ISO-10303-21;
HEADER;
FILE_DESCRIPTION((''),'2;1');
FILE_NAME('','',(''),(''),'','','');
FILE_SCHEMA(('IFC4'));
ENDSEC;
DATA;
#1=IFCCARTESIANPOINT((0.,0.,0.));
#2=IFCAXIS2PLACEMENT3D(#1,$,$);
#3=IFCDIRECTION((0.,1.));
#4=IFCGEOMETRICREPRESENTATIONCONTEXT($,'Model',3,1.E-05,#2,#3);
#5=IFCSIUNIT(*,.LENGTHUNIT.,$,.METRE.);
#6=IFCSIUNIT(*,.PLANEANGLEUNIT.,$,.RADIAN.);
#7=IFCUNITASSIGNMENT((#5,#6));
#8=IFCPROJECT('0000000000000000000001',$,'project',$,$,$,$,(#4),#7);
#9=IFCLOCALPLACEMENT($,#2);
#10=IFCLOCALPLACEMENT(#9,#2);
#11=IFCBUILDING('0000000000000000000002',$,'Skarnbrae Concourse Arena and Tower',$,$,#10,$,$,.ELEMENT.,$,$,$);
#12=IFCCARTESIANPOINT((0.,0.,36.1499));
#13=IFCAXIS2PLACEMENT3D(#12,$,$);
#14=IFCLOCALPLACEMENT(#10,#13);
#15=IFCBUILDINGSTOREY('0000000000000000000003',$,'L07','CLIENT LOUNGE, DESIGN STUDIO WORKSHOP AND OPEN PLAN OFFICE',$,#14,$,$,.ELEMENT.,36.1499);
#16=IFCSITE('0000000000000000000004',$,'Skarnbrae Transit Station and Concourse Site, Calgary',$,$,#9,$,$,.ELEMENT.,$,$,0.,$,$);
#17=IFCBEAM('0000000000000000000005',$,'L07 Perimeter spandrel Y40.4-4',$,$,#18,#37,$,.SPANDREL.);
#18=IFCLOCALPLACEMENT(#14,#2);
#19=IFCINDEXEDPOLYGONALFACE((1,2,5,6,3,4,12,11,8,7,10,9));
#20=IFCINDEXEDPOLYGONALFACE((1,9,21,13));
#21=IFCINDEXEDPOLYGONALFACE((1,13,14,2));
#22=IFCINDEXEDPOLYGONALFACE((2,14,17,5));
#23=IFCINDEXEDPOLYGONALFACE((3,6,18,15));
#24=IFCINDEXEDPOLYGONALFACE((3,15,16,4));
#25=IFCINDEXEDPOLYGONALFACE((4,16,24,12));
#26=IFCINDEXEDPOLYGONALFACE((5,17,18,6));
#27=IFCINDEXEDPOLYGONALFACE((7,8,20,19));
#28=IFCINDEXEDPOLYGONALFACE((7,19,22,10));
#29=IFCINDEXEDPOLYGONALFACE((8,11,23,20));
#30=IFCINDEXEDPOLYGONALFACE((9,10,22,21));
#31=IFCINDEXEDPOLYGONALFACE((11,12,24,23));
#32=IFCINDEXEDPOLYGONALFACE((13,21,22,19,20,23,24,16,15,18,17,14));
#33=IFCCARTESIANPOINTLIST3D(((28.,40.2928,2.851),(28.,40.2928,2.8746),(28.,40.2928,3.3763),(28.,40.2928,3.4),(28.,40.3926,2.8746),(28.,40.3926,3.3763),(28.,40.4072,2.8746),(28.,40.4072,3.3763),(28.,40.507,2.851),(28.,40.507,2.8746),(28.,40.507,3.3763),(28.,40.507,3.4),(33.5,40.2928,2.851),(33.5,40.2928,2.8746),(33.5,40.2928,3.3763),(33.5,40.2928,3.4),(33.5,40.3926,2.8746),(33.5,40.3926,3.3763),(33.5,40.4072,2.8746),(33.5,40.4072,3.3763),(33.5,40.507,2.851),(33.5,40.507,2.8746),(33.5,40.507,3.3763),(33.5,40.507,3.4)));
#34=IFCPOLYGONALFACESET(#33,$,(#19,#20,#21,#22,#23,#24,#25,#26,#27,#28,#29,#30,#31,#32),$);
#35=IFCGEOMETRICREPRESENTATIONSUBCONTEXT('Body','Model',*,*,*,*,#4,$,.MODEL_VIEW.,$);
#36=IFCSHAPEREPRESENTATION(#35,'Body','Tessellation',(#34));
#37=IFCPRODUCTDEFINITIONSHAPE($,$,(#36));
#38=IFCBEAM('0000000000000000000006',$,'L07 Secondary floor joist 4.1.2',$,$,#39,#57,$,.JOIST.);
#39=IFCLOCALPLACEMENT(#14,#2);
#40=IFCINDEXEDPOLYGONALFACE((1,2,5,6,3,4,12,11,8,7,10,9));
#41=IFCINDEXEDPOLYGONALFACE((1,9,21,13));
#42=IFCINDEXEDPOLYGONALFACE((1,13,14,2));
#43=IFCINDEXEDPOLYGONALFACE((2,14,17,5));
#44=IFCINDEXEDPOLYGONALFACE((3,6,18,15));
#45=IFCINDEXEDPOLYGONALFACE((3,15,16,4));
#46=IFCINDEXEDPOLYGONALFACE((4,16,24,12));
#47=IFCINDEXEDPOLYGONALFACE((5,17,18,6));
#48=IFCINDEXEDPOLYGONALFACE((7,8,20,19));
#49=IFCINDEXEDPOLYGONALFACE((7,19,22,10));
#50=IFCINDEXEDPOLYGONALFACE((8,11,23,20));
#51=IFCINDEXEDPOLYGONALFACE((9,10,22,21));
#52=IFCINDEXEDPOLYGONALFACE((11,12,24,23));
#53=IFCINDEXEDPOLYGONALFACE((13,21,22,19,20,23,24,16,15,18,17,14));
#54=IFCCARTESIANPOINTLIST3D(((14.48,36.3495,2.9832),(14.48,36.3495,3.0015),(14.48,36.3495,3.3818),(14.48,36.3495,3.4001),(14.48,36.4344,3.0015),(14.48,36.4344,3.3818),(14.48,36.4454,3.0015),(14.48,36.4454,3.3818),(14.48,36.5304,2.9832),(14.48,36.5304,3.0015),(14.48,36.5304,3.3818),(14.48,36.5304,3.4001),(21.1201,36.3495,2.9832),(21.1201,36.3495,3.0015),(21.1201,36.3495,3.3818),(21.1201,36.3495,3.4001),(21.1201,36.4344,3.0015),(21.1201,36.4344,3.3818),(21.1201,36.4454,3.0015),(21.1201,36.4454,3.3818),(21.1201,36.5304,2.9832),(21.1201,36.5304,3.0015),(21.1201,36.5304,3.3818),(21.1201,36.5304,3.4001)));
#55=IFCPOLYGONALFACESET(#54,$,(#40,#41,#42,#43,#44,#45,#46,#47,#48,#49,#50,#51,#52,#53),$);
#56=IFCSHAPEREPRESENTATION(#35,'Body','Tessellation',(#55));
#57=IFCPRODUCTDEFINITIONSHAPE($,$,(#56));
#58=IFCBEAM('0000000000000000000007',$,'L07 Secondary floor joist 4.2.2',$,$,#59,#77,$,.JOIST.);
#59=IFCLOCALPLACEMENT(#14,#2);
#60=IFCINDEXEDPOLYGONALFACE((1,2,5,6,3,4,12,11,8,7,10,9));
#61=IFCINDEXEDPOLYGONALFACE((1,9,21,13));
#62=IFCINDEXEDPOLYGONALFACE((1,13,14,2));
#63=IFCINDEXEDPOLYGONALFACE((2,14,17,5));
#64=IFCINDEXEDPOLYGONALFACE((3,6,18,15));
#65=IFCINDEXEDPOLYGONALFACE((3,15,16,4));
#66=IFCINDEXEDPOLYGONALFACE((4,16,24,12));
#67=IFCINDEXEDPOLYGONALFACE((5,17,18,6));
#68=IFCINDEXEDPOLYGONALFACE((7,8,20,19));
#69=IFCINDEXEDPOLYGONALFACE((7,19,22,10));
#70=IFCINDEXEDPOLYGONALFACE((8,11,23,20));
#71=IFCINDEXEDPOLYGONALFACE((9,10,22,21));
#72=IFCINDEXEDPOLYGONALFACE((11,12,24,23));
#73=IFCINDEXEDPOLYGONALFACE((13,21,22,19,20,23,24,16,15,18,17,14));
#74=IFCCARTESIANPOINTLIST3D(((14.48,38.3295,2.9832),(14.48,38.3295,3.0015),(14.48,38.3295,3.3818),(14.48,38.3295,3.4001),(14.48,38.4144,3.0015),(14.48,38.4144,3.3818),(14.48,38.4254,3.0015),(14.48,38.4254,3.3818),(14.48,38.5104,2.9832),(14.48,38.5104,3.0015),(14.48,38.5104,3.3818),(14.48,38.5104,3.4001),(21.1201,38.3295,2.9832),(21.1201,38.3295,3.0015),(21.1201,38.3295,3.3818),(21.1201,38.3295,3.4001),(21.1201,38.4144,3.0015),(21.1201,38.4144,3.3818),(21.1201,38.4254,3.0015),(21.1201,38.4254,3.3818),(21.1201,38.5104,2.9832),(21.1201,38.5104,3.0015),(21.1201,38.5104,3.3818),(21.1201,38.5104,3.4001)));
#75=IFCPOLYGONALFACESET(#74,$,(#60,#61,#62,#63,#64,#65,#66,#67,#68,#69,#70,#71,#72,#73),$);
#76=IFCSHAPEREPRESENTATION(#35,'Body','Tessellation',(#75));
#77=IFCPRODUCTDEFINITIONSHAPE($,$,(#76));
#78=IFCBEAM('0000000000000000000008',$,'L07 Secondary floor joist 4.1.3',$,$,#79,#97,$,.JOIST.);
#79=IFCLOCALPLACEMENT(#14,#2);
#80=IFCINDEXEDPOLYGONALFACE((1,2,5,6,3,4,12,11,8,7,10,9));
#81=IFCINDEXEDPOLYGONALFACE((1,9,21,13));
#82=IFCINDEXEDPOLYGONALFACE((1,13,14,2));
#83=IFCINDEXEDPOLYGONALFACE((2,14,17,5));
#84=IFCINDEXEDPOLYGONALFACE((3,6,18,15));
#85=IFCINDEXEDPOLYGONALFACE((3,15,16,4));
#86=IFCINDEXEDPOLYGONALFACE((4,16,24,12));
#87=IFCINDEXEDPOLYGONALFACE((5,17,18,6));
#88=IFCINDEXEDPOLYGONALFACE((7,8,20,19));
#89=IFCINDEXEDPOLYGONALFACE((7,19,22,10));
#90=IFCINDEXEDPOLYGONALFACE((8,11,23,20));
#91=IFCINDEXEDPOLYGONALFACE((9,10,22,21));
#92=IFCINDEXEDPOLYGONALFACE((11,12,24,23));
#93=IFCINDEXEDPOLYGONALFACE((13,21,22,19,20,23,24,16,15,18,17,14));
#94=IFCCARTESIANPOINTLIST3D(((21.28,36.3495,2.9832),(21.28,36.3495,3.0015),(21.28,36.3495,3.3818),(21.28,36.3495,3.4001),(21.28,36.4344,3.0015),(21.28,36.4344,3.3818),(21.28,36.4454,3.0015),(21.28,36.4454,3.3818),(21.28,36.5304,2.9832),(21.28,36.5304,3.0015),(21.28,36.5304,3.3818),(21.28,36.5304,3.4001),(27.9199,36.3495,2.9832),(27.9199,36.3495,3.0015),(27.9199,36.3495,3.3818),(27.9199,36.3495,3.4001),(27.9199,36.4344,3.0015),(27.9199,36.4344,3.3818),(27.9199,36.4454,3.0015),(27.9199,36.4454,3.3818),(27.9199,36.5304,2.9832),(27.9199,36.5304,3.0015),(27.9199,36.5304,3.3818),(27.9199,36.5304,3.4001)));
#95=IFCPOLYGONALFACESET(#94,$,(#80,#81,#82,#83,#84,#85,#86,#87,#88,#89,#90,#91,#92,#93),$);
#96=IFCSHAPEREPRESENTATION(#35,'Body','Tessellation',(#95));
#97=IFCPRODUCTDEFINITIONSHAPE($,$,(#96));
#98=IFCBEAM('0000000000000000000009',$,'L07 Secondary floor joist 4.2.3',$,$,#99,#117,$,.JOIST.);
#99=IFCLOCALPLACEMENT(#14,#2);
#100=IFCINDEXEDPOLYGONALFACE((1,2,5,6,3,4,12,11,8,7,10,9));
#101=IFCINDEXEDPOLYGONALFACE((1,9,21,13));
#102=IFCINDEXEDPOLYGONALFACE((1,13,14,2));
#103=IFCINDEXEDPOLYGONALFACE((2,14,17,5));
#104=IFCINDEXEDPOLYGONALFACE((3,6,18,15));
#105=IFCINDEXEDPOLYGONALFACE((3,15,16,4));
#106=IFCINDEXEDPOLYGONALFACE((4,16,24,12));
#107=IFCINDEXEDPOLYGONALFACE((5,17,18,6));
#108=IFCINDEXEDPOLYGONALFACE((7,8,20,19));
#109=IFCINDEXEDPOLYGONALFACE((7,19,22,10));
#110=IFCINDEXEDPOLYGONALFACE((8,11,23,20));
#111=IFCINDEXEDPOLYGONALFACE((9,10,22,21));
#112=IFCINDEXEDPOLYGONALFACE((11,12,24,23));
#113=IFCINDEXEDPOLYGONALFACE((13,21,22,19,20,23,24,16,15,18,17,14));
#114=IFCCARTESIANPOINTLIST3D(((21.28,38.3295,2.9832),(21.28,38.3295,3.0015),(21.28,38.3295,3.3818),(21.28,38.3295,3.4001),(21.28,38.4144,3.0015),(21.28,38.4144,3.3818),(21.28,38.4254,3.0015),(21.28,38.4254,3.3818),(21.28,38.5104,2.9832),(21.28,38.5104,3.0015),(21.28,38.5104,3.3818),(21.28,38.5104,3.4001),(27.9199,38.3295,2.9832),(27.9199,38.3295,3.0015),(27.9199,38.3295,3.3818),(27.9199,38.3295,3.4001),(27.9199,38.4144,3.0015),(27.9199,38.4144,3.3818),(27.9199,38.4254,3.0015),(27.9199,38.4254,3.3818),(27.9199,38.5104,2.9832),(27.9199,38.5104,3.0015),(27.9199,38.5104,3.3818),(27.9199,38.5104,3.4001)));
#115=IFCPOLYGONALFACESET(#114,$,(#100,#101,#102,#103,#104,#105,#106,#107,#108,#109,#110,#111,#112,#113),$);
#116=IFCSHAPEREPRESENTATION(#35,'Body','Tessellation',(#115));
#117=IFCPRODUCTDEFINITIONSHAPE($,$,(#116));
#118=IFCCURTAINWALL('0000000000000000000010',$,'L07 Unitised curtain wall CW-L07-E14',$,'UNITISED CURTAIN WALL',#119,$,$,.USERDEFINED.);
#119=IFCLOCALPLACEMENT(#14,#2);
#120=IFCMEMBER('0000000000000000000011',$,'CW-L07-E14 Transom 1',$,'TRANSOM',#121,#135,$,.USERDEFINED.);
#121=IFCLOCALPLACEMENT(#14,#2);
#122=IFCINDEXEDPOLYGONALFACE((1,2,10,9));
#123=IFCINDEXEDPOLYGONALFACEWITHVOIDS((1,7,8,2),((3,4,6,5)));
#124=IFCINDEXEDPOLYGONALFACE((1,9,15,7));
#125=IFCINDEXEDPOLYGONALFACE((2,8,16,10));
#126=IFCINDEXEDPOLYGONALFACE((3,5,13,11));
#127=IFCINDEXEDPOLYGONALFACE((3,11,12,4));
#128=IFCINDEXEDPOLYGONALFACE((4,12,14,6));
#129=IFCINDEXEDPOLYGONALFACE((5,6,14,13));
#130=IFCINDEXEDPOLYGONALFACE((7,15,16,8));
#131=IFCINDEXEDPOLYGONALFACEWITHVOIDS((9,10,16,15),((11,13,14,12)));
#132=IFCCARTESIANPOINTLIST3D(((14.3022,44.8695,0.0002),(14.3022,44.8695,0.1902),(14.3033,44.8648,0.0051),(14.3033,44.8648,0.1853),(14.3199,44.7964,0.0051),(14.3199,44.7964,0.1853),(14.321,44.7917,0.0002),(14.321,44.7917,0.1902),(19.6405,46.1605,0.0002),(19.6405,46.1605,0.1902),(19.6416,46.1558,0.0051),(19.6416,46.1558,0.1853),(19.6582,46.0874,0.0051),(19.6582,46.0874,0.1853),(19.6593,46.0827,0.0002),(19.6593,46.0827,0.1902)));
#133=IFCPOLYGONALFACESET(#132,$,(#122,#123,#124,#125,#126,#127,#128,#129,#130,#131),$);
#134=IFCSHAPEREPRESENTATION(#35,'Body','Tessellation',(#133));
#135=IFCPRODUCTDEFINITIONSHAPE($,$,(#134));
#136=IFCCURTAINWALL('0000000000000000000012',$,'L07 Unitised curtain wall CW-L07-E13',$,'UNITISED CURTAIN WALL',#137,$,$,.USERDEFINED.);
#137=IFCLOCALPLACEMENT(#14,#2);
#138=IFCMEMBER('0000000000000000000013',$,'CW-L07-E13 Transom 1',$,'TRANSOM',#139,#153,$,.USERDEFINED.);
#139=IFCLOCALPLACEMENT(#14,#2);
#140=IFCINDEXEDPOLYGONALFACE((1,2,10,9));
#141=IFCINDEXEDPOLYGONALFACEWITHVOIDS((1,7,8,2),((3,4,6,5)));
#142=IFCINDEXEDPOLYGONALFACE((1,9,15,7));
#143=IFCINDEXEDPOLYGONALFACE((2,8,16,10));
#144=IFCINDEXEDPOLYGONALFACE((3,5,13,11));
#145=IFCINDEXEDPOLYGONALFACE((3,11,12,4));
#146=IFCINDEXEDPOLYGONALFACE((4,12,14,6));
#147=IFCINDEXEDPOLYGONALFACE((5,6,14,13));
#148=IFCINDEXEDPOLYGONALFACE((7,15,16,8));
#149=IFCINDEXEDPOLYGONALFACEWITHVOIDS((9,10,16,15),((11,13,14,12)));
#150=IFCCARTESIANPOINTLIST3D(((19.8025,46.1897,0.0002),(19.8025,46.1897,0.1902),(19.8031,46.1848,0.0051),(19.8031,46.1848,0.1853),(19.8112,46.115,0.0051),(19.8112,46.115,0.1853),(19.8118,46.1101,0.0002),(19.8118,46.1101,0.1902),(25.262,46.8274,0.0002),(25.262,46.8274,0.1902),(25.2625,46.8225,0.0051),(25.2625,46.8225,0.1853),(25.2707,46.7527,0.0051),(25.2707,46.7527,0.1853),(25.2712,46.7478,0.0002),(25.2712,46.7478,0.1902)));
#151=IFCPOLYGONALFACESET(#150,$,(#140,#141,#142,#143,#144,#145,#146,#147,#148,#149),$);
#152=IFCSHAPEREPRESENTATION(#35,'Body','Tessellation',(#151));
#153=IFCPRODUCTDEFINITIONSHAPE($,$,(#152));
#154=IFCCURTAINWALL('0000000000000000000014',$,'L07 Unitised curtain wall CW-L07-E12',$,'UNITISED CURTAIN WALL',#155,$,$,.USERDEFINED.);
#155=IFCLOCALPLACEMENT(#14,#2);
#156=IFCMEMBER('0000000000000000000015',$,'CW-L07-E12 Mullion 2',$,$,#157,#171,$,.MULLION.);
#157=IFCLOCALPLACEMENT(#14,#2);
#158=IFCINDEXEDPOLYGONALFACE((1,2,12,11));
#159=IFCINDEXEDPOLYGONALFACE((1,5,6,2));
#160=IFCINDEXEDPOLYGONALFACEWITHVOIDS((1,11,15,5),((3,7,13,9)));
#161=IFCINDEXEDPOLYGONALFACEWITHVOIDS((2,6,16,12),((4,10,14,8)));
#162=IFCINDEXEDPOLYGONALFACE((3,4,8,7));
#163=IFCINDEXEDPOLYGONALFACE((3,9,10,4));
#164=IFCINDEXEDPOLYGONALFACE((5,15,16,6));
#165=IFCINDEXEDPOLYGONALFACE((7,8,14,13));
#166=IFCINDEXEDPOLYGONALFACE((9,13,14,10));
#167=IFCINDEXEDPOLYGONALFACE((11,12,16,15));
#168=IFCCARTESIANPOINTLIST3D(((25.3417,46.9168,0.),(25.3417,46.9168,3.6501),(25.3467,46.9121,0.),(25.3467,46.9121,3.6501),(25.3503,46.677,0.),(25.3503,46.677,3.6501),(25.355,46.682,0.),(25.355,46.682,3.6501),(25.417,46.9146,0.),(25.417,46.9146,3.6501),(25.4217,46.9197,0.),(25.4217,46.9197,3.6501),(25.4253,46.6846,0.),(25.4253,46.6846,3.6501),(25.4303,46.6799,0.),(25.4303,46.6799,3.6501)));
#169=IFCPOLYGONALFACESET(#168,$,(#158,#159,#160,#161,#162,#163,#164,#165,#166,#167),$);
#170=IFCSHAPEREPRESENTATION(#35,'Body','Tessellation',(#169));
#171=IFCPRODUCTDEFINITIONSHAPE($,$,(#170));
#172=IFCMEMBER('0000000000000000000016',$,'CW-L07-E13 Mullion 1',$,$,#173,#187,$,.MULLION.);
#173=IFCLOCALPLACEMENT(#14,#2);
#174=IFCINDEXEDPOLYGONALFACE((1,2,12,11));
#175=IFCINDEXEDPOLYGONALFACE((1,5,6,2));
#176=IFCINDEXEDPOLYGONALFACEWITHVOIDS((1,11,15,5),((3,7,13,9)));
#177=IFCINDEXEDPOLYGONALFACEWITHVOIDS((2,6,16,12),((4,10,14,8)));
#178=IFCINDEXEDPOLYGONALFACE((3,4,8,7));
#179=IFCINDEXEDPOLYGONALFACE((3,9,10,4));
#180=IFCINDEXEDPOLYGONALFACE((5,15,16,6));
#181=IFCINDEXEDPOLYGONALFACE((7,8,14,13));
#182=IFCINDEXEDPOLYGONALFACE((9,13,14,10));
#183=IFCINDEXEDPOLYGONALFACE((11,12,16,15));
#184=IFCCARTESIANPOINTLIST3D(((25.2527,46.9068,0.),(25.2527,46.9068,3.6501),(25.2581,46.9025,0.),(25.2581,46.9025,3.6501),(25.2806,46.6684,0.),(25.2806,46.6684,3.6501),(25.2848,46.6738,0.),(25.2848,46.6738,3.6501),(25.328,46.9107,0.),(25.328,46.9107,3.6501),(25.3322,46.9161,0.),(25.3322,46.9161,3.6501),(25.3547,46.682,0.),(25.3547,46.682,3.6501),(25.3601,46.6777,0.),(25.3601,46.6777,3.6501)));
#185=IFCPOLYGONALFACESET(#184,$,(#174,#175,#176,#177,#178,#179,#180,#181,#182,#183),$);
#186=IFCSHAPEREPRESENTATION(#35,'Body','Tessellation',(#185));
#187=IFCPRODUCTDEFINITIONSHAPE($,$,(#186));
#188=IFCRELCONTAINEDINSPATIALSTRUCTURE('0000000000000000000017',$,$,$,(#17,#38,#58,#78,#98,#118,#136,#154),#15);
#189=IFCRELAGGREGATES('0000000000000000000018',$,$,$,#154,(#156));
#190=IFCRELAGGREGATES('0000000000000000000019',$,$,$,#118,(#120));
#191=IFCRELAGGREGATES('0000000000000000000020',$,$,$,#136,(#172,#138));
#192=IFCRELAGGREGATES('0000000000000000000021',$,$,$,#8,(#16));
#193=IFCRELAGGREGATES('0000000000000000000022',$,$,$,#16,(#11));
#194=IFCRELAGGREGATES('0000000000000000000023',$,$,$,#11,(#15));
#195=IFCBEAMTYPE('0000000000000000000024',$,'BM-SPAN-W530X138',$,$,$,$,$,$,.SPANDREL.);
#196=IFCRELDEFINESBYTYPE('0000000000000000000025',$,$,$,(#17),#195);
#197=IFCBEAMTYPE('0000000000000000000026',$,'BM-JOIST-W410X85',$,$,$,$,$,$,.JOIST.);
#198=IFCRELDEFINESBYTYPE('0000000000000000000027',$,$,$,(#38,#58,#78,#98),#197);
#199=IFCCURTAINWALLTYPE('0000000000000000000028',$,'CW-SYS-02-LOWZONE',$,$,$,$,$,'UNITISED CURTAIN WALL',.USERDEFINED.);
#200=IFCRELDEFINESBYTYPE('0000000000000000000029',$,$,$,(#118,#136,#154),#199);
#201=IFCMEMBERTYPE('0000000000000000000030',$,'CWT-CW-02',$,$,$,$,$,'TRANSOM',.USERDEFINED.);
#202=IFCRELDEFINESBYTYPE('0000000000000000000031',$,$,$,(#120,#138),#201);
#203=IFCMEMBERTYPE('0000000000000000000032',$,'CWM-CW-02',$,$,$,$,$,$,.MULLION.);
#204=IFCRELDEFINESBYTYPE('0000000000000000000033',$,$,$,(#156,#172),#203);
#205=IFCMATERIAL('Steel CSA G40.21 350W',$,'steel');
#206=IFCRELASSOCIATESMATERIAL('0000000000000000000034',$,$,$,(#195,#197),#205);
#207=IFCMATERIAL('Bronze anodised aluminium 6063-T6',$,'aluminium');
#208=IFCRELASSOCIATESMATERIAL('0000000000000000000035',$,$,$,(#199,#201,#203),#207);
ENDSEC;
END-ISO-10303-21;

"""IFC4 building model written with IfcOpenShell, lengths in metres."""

from ifc_helpers import new_model, si_unit, direction, frame, origin, origin_2d, place, context, subcontext, project, spatial, hollow_rectangle, i_section, extrude, source, transform, mapped, material, material_profile, profile_set, type_object, element, aggregate, save


model = new_model("IFC4")

# Units and contexts
model_context = context("Model", 3, precision=1e-05, world=origin(), true_north=direction((0.0, 1.0)))
body_context = subcontext(model_context, "Body", "Model", "MODEL_VIEW")
ifc_project = project(units=[si_unit("LENGTHUNIT", "METRE"), si_unit("PLANEANGLEUNIT", "RADIAN")], contexts=[model_context])

# Site, building, storey
site_placement = place(None, origin())
site = spatial("IfcSite", under=ifc_project, at=site_placement, Name="Skarnbrae Transit Station and Concourse Site, Calgary", CompositionType="ELEMENT", RefElevation=0.0)
building_placement = place(site_placement, origin())
building = spatial("IfcBuilding", under=site, at=building_placement, Name="Skarnbrae Concourse Arena and Tower", CompositionType="ELEMENT")
storey_placement = place(building_placement, frame((0.0, 0.0, 36.1499)))
storey = spatial("IfcBuildingStorey", under=building, at=storey_placement, Name="L07", Description="CLIENT LOUNGE, DESIGN STUDIO WORKSHOP AND OPEN PLAN OFFICE", CompositionType="ELEMENT", Elevation=36.1499)

# Shared definitions
ifc_material_1 = material(Name="Steel CSA G40.21 350W", Category="steel")

# Beams
ifc_material_profile_1 = material_profile(ifc_material_1, i_section(OverallWidth=0.2141, OverallDepth=0.5491, WebThickness=0.0146, FlangeThickness=0.0237, at=origin_2d()), Name="W530X138")
ifc_profile_set_1 = profile_set([ifc_material_profile_1], Name="Steel CSA G40.21 350W")
beam_type_1 = type_object("IfcBeamType", Name="BM-SPAN-W530X138", PredefinedType="SPANDREL", material=ifc_profile_set_1)
shared_shape_1 = source(origin(), body_context, "Body", "SweptSolid", [
    extrude(i_section(OverallWidth=0.2141, OverallDepth=0.5491, WebThickness=0.0146, FlangeThickness=0.0237, at=origin_2d()), origin(), (0.0, 0.0, 1.0), 5.5),
])
beam_1_placement = place(storey_placement, frame((28.0, 40.3999, 3.1255), z_axis=(1.0, 0.0, 0.0), x_axis=(0.0, 1.0, 0.0)))
element("IfcBeam", 1, at=beam_1_placement, inside=storey, type_object=beam_type_1, Name="L07 Perimeter spandrel Y40.4-4", PredefinedType="SPANDREL", context=body_context, shape_type="MappedRepresentation", body=[
    mapped(shared_shape_1, transform((0.0, 0.0, 0.0))),
])
ifc_material_profile_2 = material_profile(ifc_material_1, i_section(OverallWidth=0.1809, OverallDepth=0.417, WebThickness=0.011, FlangeThickness=0.0183, at=origin_2d()), Name="W410X85")
ifc_profile_set_2 = profile_set([ifc_material_profile_2], Name="Steel CSA G40.21 350W")
beam_type_2 = type_object("IfcBeamType", Name="BM-JOIST-W410X85", PredefinedType="JOIST", material=ifc_profile_set_2)
shared_shape_2 = source(origin(), body_context, "Body", "SweptSolid", [
    extrude(i_section(OverallWidth=0.1809, OverallDepth=0.417, WebThickness=0.011, FlangeThickness=0.0183, at=origin_2d()), origin(), (0.0, 0.0, 1.0), 6.6401),
])
for number, where, z_axis, x_axis, name in (
    (2, (14.48, 36.4399, 3.1917), (1.0, 0.0, 0.0), (0.0, 1.0, 0.0), "L07 Secondary floor joist 4.1.2"),
    (3, (14.48, 38.4199, 3.1917), (1.0, 0.0, 0.0), (0.0, 1.0, 0.0), "L07 Secondary floor joist 4.2.2"),
):
    element("IfcBeam", number, at=place(storey_placement, frame(where, z_axis=z_axis, x_axis=x_axis)), inside=storey, type_object=beam_type_2, Name=name, PredefinedType="JOIST", context=body_context, shape_type="MappedRepresentation", body=[
        mapped(shared_shape_2, transform((0.0, 0.0, 0.0))),
    ])
shared_shape_3 = source(origin(), body_context, "Body", "SweptSolid", [
    extrude(i_section(OverallWidth=0.1809, OverallDepth=0.417, WebThickness=0.011, FlangeThickness=0.0183, at=origin_2d()), origin(), (0.0, 0.0, 1.0), 6.6399),
])
for number, where, z_axis, x_axis, name in (
    (4, (21.28, 36.4399, 3.1917), (1.0, 0.0, 0.0), (0.0, 1.0, 0.0), "L07 Secondary floor joist 4.1.3"),
    (5, (21.28, 38.4199, 3.1917), (1.0, 0.0, 0.0), (0.0, 1.0, 0.0), "L07 Secondary floor joist 4.2.3"),
):
    element("IfcBeam", number, at=place(storey_placement, frame(where, z_axis=z_axis, x_axis=x_axis)), inside=storey, type_object=beam_type_2, Name=name, PredefinedType="JOIST", context=body_context, shape_type="MappedRepresentation", body=[
        mapped(shared_shape_3, transform((0.0, 0.0, 0.0))),
    ])

# Curtain walls, members
ifc_material_2 = material(Name="Bronze anodised aluminium 6063-T6", Category="aluminium")
curtain_wall_type = type_object("IfcCurtainWallType", Name="CW-SYS-02-LOWZONE", ElementType="UNITISED CURTAIN WALL", PredefinedType="USERDEFINED", material=ifc_material_2)
curtain_wall_1_placement = place(storey_placement, origin())
curtain_wall_1 = element("IfcCurtainWall", 6, at=curtain_wall_1_placement, inside=storey, type_object=curtain_wall_type, Name="L07 Unitised curtain wall CW-L07-E14", ObjectType="UNITISED CURTAIN WALL", PredefinedType="USERDEFINED")
ifc_material_profile_3 = material_profile(ifc_material_2, hollow_rectangle(XDim=0.0801, YDim=0.1899, WallThickness=0.0049, at=origin_2d()), Name="ALU-TRAN-80X190")
ifc_profile_set_3 = profile_set([ifc_material_profile_3], Name="Bronze anodised aluminium 6063-T6")
member_type_1 = type_object("IfcMemberType", Name="CWT-CW-02", ElementType="TRANSOM", PredefinedType="USERDEFINED", material=ifc_profile_set_3)
shared_shape_4 = source(origin(), body_context, "Body", "SweptSolid", [
    extrude(hollow_rectangle(XDim=0.0801, YDim=0.1899, WallThickness=0.0049, at=origin_2d()), origin(), (0.0, 0.0, 1.0), 5.4922),
])
member_1_placement = place(storey_placement, frame((19.6499, 46.1216, 0.0952), z_axis=(-0.971981, -0.235061, 0.0), x_axis=(0.235061, -0.971981, 0.0)))
member_1 = element("IfcMember", 7, at=member_1_placement, type_object=member_type_1, Name="CW-L07-E14 Transom 1", ObjectType="TRANSOM", PredefinedType="USERDEFINED", context=body_context, shape_type="MappedRepresentation", body=[
    mapped(shared_shape_4, transform((0.0, 0.0, 0.0))),
])
curtain_wall_2_placement = place(storey_placement, origin())
curtain_wall_2 = element("IfcCurtainWall", 8, at=curtain_wall_2_placement, inside=storey, type_object=curtain_wall_type, Name="L07 Unitised curtain wall CW-L07-E13", ObjectType="UNITISED CURTAIN WALL", PredefinedType="USERDEFINED")
shared_shape_5 = source(origin(), body_context, "Body", "SweptSolid", [
    extrude(hollow_rectangle(XDim=0.0801, YDim=0.1899, WallThickness=0.0049, at=origin_2d()), origin(), (0.0, 0.0, 1.0), 5.4966),
])
member_2_placement = place(storey_placement, frame((25.2666, 46.7876, 0.0952), z_axis=(-0.993247, -0.116017, 0.0), x_axis=(0.116017, -0.993247, 0.0)))
member_2 = element("IfcMember", 9, at=member_2_placement, type_object=member_type_1, Name="CW-L07-E13 Transom 1", ObjectType="TRANSOM", PredefinedType="USERDEFINED", context=body_context, shape_type="MappedRepresentation", body=[
    mapped(shared_shape_5, transform((0.0, 0.0, 0.0))),
])
curtain_wall_3_placement = place(storey_placement, origin())
curtain_wall_3 = element("IfcCurtainWall", 10, at=curtain_wall_3_placement, inside=storey, type_object=curtain_wall_type, Name="L07 Unitised curtain wall CW-L07-E12", ObjectType="UNITISED CURTAIN WALL", PredefinedType="USERDEFINED")
ifc_material_profile_4 = material_profile(ifc_material_2, hollow_rectangle(XDim=0.0801, YDim=0.24, WallThickness=0.0049, at=origin_2d()), Name="ALU-MULL-80X240")
ifc_profile_set_4 = profile_set([ifc_material_profile_4], Name="Bronze anodised aluminium 6063-T6")
member_type_2 = type_object("IfcMemberType", Name="CWM-CW-02", PredefinedType="MULLION", material=ifc_profile_set_4)
shared_shape_6 = source(origin(), body_context, "Body", "SweptSolid", [
    extrude(hollow_rectangle(XDim=0.0801, YDim=0.24, WallThickness=0.0049, at=origin_2d()), origin(), (0.0, 0.0, 1.0), 3.6501),
])
member_3_placement = place(storey_placement, frame((25.386, 46.7983, 0.0), z_axis=(0.0, 0.0, 1.0), x_axis=(-0.999355, -0.035899, 0.0)))
member_3 = element("IfcMember", 11, at=member_3_placement, type_object=member_type_2, Name="CW-L07-E12 Mullion 2", PredefinedType="MULLION", context=body_context, shape_type="MappedRepresentation", body=[
    mapped(shared_shape_6, transform((0.0, 0.0, 0.0))),
])
aggregate(curtain_wall_3, [member_3])

# Member
member_4_placement = place(storey_placement, frame((25.3064, 46.7922, 0.0), z_axis=(0.0, 0.0, 1.0), x_axis=(-0.993245, -0.11604, 0.0)))
member_4 = element("IfcMember", 12, at=member_4_placement, type_object=member_type_2, Name="CW-L07-E13 Mullion 1", PredefinedType="MULLION", context=body_context, shape_type="MappedRepresentation", body=[
    mapped(shared_shape_6, transform((0.0, 0.0, 0.0))),
])

aggregate(curtain_wall_1, [member_1])
aggregate(curtain_wall_2, [member_4, member_2])

save(model, "model.ifc")
